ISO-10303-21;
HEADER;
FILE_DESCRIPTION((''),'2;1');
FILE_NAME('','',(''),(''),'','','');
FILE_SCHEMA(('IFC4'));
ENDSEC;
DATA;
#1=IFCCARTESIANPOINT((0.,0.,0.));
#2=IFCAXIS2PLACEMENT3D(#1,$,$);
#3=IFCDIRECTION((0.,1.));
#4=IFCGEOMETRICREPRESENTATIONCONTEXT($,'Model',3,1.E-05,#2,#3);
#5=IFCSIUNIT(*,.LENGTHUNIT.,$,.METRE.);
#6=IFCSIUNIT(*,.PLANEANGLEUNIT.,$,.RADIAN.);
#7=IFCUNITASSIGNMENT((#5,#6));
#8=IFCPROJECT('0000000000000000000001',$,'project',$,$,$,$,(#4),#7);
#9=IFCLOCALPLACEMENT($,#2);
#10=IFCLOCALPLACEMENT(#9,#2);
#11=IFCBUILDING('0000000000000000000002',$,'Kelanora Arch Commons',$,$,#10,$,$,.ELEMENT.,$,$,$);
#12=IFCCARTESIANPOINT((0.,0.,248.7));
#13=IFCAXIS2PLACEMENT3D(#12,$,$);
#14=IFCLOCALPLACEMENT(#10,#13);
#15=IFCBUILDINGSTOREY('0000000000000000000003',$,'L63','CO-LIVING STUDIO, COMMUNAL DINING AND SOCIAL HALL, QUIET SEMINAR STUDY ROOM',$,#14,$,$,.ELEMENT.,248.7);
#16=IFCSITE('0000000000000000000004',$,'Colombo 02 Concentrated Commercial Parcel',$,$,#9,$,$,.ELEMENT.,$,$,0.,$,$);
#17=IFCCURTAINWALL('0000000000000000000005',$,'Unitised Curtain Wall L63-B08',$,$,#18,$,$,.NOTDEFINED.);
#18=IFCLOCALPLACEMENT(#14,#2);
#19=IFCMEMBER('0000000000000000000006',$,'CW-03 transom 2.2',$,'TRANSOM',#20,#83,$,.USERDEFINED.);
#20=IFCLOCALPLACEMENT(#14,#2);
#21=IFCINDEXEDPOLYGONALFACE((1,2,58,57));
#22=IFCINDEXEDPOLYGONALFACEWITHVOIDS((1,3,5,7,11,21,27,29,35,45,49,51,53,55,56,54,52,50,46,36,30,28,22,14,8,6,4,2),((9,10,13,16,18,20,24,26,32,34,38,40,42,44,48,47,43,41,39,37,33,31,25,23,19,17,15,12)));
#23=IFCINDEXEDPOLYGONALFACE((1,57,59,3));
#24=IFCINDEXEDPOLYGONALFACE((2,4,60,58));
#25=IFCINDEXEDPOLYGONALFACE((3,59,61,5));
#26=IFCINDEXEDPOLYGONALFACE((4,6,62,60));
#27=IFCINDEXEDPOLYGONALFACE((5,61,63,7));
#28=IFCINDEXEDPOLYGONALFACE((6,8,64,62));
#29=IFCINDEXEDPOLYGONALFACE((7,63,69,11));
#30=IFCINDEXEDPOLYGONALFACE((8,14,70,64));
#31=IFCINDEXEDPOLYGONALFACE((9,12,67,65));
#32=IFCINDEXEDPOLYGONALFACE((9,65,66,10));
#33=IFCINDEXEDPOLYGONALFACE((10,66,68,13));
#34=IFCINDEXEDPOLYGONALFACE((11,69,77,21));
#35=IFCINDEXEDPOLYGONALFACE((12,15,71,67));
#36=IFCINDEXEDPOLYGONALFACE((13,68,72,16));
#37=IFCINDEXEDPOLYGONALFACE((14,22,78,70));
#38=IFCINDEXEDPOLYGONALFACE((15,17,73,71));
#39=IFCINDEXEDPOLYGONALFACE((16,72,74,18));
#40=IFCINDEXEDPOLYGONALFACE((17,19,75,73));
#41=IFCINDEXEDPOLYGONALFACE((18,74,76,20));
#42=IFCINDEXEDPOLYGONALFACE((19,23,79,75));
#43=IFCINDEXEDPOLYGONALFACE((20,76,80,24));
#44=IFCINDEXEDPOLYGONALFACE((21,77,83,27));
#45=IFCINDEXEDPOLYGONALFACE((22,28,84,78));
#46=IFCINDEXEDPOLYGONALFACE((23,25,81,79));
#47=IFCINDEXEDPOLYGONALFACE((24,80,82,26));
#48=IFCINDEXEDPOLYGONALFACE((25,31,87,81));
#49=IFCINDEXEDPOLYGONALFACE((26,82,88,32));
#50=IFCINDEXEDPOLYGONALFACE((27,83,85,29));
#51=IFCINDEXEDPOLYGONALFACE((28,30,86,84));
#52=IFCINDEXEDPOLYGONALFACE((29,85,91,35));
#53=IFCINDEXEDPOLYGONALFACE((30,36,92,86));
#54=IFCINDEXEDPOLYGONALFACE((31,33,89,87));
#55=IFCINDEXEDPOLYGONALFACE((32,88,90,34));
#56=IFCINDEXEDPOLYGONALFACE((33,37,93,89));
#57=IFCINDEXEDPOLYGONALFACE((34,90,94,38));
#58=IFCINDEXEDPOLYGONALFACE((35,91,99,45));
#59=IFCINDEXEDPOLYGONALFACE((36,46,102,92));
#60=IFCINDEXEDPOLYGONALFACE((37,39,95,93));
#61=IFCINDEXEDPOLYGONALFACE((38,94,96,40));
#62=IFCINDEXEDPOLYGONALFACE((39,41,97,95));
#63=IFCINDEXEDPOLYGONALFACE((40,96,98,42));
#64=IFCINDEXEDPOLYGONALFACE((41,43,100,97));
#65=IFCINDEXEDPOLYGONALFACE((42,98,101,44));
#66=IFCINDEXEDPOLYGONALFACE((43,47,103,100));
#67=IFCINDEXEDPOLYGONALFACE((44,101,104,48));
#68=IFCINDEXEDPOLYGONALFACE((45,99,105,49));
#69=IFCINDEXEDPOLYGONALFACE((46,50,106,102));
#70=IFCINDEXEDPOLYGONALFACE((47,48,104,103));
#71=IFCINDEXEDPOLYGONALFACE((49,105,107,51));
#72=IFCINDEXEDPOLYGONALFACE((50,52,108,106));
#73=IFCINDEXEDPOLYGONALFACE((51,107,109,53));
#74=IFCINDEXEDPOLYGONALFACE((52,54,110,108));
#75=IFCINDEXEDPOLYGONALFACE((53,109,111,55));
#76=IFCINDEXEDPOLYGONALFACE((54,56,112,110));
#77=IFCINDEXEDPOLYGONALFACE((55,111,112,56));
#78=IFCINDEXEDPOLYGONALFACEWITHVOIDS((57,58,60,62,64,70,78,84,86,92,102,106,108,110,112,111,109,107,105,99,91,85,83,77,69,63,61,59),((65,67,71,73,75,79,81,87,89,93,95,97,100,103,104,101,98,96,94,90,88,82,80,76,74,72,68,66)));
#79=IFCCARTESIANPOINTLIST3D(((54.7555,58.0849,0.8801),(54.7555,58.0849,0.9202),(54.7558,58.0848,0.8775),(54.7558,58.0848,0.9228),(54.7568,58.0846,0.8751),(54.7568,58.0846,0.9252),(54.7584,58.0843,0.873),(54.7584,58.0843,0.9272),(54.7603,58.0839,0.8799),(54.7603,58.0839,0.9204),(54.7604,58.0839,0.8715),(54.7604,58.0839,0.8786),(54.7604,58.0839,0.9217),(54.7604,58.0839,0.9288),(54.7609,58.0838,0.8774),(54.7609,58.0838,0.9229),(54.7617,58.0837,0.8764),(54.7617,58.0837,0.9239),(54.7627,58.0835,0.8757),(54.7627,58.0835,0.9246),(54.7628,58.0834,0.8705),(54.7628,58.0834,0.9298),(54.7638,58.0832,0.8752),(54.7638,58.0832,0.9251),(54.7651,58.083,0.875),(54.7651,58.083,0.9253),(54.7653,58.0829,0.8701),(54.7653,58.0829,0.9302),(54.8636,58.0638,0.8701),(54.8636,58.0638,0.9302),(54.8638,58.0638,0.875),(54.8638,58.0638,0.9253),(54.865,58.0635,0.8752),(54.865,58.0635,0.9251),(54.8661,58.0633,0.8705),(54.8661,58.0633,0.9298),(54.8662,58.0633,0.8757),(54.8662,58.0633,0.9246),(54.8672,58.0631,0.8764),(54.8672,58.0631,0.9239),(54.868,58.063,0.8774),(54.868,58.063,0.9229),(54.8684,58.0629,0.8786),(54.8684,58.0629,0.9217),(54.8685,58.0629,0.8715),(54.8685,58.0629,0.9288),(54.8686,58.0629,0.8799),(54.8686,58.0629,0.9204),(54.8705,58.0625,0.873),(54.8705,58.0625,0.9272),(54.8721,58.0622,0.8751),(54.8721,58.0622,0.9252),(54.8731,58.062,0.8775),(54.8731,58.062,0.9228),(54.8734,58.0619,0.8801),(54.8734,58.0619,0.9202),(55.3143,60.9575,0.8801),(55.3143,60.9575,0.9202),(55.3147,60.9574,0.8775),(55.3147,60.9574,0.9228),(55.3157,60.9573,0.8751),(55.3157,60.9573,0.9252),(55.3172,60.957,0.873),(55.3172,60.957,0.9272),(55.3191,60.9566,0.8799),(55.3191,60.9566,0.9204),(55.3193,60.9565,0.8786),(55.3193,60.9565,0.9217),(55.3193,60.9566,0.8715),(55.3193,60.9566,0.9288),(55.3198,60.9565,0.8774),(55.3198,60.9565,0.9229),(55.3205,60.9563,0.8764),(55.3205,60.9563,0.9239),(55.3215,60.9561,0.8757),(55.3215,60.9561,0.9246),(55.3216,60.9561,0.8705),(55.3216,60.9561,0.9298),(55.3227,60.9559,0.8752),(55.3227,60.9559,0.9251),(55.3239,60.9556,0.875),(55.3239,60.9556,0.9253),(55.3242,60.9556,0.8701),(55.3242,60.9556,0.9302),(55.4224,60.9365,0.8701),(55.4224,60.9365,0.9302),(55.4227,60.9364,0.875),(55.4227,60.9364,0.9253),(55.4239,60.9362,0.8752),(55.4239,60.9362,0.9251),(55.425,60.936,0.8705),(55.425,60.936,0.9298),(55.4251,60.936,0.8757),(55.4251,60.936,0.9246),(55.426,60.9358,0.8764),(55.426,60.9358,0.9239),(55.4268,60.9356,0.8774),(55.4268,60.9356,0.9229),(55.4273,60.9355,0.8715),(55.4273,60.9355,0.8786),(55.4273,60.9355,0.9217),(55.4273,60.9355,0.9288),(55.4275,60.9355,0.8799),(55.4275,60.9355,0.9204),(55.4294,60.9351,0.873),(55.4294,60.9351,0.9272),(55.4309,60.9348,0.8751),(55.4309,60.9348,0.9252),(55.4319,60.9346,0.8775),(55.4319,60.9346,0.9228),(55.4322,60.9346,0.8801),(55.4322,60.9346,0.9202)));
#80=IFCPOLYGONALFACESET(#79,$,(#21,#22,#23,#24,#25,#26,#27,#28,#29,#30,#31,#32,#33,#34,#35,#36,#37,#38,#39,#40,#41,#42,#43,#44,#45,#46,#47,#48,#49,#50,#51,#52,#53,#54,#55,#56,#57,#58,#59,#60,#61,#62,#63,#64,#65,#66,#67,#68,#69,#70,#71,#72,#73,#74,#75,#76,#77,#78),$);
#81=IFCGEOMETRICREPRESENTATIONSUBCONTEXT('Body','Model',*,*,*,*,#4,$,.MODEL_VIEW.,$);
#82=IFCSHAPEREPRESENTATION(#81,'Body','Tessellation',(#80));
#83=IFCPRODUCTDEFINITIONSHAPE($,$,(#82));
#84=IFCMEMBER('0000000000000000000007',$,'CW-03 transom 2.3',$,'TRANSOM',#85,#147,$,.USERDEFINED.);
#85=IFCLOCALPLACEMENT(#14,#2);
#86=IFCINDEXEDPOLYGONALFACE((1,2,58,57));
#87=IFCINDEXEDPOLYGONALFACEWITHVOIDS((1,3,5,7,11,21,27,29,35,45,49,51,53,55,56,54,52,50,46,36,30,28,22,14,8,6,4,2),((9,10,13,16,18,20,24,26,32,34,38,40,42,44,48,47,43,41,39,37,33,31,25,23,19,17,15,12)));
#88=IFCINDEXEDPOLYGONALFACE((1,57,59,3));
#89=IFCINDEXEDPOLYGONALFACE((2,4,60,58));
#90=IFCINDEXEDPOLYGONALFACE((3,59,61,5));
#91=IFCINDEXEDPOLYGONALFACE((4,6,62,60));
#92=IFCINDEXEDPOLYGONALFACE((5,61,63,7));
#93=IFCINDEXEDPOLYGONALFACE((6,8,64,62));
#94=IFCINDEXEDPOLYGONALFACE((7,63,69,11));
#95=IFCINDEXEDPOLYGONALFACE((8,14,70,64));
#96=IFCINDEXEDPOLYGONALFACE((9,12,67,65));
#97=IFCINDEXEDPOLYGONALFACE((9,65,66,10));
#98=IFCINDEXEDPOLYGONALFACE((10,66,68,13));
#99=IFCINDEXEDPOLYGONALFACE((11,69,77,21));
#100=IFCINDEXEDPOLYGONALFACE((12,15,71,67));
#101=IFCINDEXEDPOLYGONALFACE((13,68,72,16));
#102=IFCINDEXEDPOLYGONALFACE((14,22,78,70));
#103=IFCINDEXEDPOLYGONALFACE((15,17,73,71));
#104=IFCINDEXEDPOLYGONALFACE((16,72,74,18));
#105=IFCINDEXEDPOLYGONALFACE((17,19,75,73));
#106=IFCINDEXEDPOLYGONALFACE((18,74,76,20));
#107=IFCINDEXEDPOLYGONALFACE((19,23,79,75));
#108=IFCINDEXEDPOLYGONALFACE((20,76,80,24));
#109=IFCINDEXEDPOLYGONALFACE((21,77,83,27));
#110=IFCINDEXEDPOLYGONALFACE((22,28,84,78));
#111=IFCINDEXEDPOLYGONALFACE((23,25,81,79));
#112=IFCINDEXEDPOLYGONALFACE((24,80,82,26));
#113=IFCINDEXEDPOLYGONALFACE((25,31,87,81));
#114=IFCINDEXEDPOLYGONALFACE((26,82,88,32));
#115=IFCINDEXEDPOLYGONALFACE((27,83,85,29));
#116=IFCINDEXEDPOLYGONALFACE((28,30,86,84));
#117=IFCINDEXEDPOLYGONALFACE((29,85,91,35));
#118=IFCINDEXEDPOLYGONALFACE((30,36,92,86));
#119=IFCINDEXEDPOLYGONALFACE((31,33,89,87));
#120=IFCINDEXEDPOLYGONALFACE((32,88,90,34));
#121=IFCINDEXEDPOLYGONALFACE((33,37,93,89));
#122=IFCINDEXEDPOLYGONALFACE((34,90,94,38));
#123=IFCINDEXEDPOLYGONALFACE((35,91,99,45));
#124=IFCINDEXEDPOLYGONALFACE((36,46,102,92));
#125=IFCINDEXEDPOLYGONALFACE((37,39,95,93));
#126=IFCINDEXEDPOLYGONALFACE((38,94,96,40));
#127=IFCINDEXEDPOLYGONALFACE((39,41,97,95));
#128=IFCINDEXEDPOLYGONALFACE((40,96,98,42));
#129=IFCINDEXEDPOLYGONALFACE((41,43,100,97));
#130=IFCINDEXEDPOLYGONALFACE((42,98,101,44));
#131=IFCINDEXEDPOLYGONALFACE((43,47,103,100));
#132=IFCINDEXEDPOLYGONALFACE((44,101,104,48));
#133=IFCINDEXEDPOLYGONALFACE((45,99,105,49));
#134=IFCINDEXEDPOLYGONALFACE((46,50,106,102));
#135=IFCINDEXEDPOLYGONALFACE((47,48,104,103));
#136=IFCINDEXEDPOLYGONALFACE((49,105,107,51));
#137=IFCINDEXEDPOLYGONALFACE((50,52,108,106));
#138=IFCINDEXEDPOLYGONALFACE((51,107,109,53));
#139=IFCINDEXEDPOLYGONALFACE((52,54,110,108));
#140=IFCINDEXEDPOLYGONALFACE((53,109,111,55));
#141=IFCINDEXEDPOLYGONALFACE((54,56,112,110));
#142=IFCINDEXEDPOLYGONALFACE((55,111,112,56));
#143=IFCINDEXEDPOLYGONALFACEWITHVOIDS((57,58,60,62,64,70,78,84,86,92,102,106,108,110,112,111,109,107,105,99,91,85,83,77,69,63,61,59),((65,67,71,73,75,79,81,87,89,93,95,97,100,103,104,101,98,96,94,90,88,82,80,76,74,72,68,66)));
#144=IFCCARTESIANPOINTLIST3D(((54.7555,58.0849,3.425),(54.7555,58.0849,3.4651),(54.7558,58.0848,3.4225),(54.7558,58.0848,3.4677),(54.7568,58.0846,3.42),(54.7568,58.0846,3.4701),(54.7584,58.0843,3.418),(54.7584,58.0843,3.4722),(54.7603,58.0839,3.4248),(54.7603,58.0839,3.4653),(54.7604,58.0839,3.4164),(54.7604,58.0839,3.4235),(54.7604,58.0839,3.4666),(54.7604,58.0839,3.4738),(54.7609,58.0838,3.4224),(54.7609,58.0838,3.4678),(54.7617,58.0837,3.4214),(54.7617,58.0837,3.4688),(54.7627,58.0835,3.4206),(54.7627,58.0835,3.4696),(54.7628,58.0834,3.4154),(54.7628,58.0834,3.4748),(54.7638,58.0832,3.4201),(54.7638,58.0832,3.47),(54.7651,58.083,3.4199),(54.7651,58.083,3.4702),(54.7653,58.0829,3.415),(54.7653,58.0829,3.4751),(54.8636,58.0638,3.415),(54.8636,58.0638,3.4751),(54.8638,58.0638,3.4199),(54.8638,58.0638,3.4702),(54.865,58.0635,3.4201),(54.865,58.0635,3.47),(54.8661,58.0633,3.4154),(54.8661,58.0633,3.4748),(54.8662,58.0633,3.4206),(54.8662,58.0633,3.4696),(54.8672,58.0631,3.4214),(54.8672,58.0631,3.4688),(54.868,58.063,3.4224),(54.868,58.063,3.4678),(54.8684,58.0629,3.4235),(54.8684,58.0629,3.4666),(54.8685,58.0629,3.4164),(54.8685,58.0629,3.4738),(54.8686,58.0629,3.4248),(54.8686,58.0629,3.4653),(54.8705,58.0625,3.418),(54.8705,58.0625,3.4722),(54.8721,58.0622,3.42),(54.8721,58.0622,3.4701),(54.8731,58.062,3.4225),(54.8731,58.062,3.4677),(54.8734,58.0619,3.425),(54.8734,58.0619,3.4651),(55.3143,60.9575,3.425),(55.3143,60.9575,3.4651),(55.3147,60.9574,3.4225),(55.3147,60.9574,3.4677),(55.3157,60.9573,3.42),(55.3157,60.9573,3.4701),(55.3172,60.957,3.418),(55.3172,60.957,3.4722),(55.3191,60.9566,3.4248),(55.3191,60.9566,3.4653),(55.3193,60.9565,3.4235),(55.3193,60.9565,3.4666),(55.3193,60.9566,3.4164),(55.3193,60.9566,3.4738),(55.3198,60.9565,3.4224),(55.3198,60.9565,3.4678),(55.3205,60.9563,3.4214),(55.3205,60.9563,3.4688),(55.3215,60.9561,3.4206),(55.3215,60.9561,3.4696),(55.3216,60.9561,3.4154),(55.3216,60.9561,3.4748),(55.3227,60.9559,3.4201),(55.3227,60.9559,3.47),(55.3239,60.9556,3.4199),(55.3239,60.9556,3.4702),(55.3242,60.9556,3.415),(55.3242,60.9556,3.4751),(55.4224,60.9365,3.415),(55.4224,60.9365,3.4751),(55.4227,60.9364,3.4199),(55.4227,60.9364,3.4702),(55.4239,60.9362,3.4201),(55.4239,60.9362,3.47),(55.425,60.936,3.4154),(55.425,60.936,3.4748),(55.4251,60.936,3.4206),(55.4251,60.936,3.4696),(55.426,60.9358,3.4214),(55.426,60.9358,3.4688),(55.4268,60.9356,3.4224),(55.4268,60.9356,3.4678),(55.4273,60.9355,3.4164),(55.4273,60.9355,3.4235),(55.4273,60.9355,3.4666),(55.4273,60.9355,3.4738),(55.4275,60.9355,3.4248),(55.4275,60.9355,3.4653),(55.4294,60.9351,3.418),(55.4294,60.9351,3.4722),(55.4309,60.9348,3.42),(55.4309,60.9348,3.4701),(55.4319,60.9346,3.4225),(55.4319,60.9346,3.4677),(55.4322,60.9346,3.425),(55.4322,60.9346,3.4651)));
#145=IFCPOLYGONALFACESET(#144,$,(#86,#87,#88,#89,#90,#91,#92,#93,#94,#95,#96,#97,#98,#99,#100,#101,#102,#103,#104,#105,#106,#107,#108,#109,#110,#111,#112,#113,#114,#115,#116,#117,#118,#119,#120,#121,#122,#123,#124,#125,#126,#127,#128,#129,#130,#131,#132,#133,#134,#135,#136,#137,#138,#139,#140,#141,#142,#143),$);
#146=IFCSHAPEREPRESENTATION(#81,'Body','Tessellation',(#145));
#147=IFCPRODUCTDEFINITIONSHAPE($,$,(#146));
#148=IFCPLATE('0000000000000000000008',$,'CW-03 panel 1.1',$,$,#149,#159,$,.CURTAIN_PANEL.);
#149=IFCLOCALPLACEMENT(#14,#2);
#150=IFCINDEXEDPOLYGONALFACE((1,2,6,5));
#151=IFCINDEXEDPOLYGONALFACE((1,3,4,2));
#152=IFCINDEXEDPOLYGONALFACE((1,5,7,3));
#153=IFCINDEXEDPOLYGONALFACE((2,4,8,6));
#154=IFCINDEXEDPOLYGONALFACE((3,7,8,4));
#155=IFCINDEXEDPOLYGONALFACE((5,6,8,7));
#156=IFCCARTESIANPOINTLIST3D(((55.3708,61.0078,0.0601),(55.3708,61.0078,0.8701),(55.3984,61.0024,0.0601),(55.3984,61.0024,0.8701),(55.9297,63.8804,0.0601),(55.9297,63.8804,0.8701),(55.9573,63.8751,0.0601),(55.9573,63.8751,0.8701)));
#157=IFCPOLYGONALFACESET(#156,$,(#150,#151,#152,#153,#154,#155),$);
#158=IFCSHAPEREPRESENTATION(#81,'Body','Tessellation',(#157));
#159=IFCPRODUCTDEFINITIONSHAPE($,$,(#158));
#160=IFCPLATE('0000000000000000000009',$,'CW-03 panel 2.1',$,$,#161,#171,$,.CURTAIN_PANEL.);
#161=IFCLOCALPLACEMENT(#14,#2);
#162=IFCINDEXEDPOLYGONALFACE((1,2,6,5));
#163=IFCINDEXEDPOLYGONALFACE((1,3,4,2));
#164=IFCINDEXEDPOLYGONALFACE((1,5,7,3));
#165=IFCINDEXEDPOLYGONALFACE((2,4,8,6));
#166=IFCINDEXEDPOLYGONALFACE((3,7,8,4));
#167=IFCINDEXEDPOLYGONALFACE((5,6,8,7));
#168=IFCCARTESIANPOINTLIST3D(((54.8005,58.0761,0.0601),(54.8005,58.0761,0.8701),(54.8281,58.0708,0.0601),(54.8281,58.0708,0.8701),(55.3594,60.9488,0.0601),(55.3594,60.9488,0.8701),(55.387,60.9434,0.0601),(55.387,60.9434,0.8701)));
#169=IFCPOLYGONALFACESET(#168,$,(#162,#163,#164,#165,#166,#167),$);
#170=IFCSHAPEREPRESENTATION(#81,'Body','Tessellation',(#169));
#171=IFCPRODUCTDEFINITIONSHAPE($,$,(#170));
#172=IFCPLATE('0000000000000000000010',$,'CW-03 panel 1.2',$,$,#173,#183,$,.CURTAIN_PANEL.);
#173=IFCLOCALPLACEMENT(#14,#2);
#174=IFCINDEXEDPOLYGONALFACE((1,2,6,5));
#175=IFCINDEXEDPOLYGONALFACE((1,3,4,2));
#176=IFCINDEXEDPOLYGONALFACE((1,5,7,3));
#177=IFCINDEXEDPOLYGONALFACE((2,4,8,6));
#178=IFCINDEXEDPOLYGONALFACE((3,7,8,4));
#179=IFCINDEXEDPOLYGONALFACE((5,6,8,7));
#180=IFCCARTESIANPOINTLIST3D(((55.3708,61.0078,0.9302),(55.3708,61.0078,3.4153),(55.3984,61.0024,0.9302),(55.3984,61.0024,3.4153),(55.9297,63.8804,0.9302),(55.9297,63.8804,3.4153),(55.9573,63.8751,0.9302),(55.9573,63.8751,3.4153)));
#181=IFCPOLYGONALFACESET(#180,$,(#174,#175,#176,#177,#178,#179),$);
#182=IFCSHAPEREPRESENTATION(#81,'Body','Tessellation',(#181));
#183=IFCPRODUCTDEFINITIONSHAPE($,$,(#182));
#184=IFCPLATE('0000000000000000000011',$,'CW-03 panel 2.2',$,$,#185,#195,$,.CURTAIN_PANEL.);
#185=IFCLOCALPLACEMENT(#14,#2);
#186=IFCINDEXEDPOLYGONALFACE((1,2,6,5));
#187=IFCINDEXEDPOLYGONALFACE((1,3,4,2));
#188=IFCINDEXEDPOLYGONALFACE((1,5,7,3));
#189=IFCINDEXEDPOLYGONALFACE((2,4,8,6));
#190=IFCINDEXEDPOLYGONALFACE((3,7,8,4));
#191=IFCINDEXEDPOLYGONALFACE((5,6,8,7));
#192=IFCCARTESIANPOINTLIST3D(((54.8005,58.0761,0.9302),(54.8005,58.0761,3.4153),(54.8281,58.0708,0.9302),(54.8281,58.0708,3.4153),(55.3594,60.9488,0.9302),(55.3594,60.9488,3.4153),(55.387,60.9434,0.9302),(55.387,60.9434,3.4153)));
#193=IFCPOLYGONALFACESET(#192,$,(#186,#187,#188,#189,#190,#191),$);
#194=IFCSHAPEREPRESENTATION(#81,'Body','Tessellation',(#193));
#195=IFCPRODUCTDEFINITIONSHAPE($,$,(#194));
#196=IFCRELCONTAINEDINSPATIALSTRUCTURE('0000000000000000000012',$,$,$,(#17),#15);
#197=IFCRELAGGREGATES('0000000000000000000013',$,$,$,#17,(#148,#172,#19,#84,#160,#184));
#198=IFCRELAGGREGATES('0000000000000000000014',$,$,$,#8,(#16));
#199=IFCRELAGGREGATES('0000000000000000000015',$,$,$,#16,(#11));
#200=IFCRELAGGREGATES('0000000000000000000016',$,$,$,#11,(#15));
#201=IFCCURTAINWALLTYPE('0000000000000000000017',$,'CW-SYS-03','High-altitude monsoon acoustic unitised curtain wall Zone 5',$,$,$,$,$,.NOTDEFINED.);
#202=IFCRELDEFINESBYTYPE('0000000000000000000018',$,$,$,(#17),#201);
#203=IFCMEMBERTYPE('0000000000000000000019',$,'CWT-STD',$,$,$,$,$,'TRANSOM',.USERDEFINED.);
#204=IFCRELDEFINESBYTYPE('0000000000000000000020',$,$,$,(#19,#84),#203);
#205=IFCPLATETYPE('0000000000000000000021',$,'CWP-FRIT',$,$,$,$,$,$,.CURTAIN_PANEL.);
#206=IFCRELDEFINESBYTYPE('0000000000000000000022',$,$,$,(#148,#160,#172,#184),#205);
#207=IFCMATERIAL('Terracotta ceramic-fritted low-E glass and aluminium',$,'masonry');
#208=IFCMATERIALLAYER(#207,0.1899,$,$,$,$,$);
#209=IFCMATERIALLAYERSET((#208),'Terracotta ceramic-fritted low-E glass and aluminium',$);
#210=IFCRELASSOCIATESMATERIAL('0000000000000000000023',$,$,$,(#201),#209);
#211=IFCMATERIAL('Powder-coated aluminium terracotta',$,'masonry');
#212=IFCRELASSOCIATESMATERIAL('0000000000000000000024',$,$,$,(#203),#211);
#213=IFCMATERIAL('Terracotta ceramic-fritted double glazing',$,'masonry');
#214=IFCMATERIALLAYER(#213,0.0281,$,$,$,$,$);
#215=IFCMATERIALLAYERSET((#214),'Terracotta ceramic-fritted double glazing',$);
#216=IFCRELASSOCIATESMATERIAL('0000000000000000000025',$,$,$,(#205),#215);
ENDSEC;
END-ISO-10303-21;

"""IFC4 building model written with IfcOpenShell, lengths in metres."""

from ifc_helpers import new_model, si_unit, direction, frame, origin, origin_2d, place, context, subcontext, project, spatial, rectangle, hollow_rectangle, extrude, source, transform, mapped, material, layer, layer_set, material_profile, profile_set, type_object, element, aggregate, save


model = new_model("IFC4")

# Units and contexts
model_context = context("Model", 3, precision=1e-05, world=origin(), true_north=direction((0.0, 1.0)))
body_context = subcontext(model_context, "Body", "Model", "MODEL_VIEW")
ifc_project = project(units=[si_unit("LENGTHUNIT", "METRE"), si_unit("PLANEANGLEUNIT", "RADIAN")], contexts=[model_context])

# Site, building, storey
site_placement = place(None, origin())
site = spatial("IfcSite", under=ifc_project, at=site_placement, Name="Colombo 02 Concentrated Commercial Parcel", CompositionType="ELEMENT", RefElevation=0.0)
building_placement = place(site_placement, origin())
building = spatial("IfcBuilding", under=site, at=building_placement, Name="Kelanora Arch Commons", CompositionType="ELEMENT")
storey_placement = place(building_placement, frame((0.0, 0.0, 248.7)))
storey = spatial("IfcBuildingStorey", under=building, at=storey_placement, Name="L63", Description="CO-LIVING STUDIO, COMMUNAL DINING AND SOCIAL HALL, QUIET SEMINAR STUDY ROOM", CompositionType="ELEMENT", Elevation=248.7)

# Curtain wall, members, plates
ifc_material_1 = material(Name="Terracotta ceramic-fritted low-E glass and aluminium", Category="masonry")
ifc_layer_1 = layer(ifc_material_1, 0.1899)
ifc_layer_set_1 = layer_set([ifc_layer_1], Name="Terracotta ceramic-fritted low-E glass and aluminium")
curtain_wall_type = type_object("IfcCurtainWallType", Name="CW-SYS-03", Description="High-altitude monsoon acoustic unitised curtain wall Zone 5", PredefinedType="NOTDEFINED", material=ifc_layer_set_1)
curtain_wall_placement = place(storey_placement, origin())
curtain_wall = element("IfcCurtainWall", 1, at=curtain_wall_placement, inside=storey, type_object=curtain_wall_type, Name="Unitised Curtain Wall L63-B08", PredefinedType="NOTDEFINED")
ifc_material_2 = material(Name="Powder-coated aluminium terracotta", Category="masonry")
ifc_material_profile_1 = material_profile(ifc_material_2, hollow_rectangle(XDim=0.1201, YDim=0.0601, WallThickness=0.0049, InnerFilletRadius=0.0049, OuterFilletRadius=0.01, at=origin_2d()), Name="CWT120x60")
ifc_profile_set_1 = profile_set([ifc_material_profile_1], Name="Powder-coated aluminium terracotta")
member_type_1 = type_object("IfcMemberType", Name="CWT-STD", ElementType="TRANSOM", PredefinedType="USERDEFINED", material=ifc_profile_set_1)
member_1_placement = place(storey_placement, frame((55.3733, 60.946, 0.9001), z_axis=(-0.190963, -0.981597, 0.0), x_axis=(0.981597, -0.190963, 0.0)))
member_1 = element("IfcMember", 2, at=member_1_placement, type_object=member_type_1, Name="CW-03 transom 2.2", ObjectType="TRANSOM", PredefinedType="USERDEFINED", context=body_context, shape_type="SweptSolid", body=[
    extrude(hollow_rectangle(XDim=0.1201, YDim=0.0601, WallThickness=0.0049, InnerFilletRadius=0.0049, OuterFilletRadius=0.01, at=origin_2d()), origin(), (0.0, 0.0, 1.0), 2.9265),
])
member_2_placement = place(storey_placement, frame((55.3733, 60.946, 3.4451), z_axis=(-0.190963, -0.981597, 0.0), x_axis=(0.981597, -0.190963, 0.0)))
member_2 = element("IfcMember", 3, at=member_2_placement, type_object=member_type_1, Name="CW-03 transom 2.3", ObjectType="TRANSOM", PredefinedType="USERDEFINED", context=body_context, shape_type="SweptSolid", body=[
    extrude(hollow_rectangle(XDim=0.1201, YDim=0.0601, WallThickness=0.0049, InnerFilletRadius=0.0049, OuterFilletRadius=0.01, at=origin_2d()), origin(), (0.0, 0.0, 1.0), 2.9265),
])
ifc_material_3 = material(Name="Terracotta ceramic-fritted double glazing", Category="masonry")
ifc_layer_2 = layer(ifc_material_3, 0.0281)
ifc_layer_set_2 = layer_set([ifc_layer_2], Name="Terracotta ceramic-fritted double glazing")
plate_type = type_object("IfcPlateType", Name="CWP-FRIT", PredefinedType="CURTAIN_PANEL", material=ifc_layer_set_2)
shared_shape_1 = source(origin(), body_context, "Body", "SweptSolid", [
    extrude(rectangle(XDim=2.9265, YDim=0.0281, at=origin_2d()), origin(), (0.0, 0.0, 1.0), 0.8101),
])
plate_1_placement = place(storey_placement, frame((55.6641, 62.4414, 0.0601), z_axis=(0.0, 0.0, 1.0), x_axis=(-0.190972, -0.981596, 0.0)))
plate_1 = element("IfcPlate", 4, at=plate_1_placement, type_object=plate_type, Name="CW-03 panel 1.1", PredefinedType="CURTAIN_PANEL", context=body_context, shape_type="MappedRepresentation", body=[
    mapped(shared_shape_1, transform((0.0, 0.0, 0.0), scale=1.0)),
])
plate_2_placement = place(storey_placement, frame((55.0938, 59.5098, 0.0601), z_axis=(0.0, 0.0, 1.0), x_axis=(-0.190972, -0.981596, 0.0)))
plate_2 = element("IfcPlate", 5, at=plate_2_placement, type_object=plate_type, Name="CW-03 panel 2.1", PredefinedType="CURTAIN_PANEL", context=body_context, shape_type="MappedRepresentation", body=[
    mapped(shared_shape_1, transform((0.0, 0.0, 0.0), scale=1.0)),
])
shared_shape_2 = source(origin(), body_context, "Body", "SweptSolid", [
    extrude(rectangle(XDim=2.9265, YDim=0.0281, at=origin_2d()), origin(), (0.0, 0.0, 1.0), 2.4851),
])
plate_3_placement = place(storey_placement, frame((55.6641, 62.4414, 0.9302), z_axis=(0.0, 0.0, 1.0), x_axis=(-0.190972, -0.981596, 0.0)))
plate_3 = element("IfcPlate", 6, at=plate_3_placement, type_object=plate_type, Name="CW-03 panel 1.2", PredefinedType="CURTAIN_PANEL", context=body_context, shape_type="MappedRepresentation", body=[
    mapped(shared_shape_2, transform((0.0, 0.0, 0.0), scale=1.0)),
])
plate_4_placement = place(storey_placement, frame((55.0938, 59.5098, 0.9302), z_axis=(0.0, 0.0, 1.0), x_axis=(-0.190972, -0.981596, 0.0)))
plate_4 = element("IfcPlate", 7, at=plate_4_placement, type_object=plate_type, Name="CW-03 panel 2.2", PredefinedType="CURTAIN_PANEL", context=body_context, shape_type="MappedRepresentation", body=[
    mapped(shared_shape_2, transform((0.0, 0.0, 0.0), scale=1.0)),
])
aggregate(curtain_wall, [plate_1, plate_3, member_1, member_2, plate_2, plate_4])

save(model, "model.ifc")
